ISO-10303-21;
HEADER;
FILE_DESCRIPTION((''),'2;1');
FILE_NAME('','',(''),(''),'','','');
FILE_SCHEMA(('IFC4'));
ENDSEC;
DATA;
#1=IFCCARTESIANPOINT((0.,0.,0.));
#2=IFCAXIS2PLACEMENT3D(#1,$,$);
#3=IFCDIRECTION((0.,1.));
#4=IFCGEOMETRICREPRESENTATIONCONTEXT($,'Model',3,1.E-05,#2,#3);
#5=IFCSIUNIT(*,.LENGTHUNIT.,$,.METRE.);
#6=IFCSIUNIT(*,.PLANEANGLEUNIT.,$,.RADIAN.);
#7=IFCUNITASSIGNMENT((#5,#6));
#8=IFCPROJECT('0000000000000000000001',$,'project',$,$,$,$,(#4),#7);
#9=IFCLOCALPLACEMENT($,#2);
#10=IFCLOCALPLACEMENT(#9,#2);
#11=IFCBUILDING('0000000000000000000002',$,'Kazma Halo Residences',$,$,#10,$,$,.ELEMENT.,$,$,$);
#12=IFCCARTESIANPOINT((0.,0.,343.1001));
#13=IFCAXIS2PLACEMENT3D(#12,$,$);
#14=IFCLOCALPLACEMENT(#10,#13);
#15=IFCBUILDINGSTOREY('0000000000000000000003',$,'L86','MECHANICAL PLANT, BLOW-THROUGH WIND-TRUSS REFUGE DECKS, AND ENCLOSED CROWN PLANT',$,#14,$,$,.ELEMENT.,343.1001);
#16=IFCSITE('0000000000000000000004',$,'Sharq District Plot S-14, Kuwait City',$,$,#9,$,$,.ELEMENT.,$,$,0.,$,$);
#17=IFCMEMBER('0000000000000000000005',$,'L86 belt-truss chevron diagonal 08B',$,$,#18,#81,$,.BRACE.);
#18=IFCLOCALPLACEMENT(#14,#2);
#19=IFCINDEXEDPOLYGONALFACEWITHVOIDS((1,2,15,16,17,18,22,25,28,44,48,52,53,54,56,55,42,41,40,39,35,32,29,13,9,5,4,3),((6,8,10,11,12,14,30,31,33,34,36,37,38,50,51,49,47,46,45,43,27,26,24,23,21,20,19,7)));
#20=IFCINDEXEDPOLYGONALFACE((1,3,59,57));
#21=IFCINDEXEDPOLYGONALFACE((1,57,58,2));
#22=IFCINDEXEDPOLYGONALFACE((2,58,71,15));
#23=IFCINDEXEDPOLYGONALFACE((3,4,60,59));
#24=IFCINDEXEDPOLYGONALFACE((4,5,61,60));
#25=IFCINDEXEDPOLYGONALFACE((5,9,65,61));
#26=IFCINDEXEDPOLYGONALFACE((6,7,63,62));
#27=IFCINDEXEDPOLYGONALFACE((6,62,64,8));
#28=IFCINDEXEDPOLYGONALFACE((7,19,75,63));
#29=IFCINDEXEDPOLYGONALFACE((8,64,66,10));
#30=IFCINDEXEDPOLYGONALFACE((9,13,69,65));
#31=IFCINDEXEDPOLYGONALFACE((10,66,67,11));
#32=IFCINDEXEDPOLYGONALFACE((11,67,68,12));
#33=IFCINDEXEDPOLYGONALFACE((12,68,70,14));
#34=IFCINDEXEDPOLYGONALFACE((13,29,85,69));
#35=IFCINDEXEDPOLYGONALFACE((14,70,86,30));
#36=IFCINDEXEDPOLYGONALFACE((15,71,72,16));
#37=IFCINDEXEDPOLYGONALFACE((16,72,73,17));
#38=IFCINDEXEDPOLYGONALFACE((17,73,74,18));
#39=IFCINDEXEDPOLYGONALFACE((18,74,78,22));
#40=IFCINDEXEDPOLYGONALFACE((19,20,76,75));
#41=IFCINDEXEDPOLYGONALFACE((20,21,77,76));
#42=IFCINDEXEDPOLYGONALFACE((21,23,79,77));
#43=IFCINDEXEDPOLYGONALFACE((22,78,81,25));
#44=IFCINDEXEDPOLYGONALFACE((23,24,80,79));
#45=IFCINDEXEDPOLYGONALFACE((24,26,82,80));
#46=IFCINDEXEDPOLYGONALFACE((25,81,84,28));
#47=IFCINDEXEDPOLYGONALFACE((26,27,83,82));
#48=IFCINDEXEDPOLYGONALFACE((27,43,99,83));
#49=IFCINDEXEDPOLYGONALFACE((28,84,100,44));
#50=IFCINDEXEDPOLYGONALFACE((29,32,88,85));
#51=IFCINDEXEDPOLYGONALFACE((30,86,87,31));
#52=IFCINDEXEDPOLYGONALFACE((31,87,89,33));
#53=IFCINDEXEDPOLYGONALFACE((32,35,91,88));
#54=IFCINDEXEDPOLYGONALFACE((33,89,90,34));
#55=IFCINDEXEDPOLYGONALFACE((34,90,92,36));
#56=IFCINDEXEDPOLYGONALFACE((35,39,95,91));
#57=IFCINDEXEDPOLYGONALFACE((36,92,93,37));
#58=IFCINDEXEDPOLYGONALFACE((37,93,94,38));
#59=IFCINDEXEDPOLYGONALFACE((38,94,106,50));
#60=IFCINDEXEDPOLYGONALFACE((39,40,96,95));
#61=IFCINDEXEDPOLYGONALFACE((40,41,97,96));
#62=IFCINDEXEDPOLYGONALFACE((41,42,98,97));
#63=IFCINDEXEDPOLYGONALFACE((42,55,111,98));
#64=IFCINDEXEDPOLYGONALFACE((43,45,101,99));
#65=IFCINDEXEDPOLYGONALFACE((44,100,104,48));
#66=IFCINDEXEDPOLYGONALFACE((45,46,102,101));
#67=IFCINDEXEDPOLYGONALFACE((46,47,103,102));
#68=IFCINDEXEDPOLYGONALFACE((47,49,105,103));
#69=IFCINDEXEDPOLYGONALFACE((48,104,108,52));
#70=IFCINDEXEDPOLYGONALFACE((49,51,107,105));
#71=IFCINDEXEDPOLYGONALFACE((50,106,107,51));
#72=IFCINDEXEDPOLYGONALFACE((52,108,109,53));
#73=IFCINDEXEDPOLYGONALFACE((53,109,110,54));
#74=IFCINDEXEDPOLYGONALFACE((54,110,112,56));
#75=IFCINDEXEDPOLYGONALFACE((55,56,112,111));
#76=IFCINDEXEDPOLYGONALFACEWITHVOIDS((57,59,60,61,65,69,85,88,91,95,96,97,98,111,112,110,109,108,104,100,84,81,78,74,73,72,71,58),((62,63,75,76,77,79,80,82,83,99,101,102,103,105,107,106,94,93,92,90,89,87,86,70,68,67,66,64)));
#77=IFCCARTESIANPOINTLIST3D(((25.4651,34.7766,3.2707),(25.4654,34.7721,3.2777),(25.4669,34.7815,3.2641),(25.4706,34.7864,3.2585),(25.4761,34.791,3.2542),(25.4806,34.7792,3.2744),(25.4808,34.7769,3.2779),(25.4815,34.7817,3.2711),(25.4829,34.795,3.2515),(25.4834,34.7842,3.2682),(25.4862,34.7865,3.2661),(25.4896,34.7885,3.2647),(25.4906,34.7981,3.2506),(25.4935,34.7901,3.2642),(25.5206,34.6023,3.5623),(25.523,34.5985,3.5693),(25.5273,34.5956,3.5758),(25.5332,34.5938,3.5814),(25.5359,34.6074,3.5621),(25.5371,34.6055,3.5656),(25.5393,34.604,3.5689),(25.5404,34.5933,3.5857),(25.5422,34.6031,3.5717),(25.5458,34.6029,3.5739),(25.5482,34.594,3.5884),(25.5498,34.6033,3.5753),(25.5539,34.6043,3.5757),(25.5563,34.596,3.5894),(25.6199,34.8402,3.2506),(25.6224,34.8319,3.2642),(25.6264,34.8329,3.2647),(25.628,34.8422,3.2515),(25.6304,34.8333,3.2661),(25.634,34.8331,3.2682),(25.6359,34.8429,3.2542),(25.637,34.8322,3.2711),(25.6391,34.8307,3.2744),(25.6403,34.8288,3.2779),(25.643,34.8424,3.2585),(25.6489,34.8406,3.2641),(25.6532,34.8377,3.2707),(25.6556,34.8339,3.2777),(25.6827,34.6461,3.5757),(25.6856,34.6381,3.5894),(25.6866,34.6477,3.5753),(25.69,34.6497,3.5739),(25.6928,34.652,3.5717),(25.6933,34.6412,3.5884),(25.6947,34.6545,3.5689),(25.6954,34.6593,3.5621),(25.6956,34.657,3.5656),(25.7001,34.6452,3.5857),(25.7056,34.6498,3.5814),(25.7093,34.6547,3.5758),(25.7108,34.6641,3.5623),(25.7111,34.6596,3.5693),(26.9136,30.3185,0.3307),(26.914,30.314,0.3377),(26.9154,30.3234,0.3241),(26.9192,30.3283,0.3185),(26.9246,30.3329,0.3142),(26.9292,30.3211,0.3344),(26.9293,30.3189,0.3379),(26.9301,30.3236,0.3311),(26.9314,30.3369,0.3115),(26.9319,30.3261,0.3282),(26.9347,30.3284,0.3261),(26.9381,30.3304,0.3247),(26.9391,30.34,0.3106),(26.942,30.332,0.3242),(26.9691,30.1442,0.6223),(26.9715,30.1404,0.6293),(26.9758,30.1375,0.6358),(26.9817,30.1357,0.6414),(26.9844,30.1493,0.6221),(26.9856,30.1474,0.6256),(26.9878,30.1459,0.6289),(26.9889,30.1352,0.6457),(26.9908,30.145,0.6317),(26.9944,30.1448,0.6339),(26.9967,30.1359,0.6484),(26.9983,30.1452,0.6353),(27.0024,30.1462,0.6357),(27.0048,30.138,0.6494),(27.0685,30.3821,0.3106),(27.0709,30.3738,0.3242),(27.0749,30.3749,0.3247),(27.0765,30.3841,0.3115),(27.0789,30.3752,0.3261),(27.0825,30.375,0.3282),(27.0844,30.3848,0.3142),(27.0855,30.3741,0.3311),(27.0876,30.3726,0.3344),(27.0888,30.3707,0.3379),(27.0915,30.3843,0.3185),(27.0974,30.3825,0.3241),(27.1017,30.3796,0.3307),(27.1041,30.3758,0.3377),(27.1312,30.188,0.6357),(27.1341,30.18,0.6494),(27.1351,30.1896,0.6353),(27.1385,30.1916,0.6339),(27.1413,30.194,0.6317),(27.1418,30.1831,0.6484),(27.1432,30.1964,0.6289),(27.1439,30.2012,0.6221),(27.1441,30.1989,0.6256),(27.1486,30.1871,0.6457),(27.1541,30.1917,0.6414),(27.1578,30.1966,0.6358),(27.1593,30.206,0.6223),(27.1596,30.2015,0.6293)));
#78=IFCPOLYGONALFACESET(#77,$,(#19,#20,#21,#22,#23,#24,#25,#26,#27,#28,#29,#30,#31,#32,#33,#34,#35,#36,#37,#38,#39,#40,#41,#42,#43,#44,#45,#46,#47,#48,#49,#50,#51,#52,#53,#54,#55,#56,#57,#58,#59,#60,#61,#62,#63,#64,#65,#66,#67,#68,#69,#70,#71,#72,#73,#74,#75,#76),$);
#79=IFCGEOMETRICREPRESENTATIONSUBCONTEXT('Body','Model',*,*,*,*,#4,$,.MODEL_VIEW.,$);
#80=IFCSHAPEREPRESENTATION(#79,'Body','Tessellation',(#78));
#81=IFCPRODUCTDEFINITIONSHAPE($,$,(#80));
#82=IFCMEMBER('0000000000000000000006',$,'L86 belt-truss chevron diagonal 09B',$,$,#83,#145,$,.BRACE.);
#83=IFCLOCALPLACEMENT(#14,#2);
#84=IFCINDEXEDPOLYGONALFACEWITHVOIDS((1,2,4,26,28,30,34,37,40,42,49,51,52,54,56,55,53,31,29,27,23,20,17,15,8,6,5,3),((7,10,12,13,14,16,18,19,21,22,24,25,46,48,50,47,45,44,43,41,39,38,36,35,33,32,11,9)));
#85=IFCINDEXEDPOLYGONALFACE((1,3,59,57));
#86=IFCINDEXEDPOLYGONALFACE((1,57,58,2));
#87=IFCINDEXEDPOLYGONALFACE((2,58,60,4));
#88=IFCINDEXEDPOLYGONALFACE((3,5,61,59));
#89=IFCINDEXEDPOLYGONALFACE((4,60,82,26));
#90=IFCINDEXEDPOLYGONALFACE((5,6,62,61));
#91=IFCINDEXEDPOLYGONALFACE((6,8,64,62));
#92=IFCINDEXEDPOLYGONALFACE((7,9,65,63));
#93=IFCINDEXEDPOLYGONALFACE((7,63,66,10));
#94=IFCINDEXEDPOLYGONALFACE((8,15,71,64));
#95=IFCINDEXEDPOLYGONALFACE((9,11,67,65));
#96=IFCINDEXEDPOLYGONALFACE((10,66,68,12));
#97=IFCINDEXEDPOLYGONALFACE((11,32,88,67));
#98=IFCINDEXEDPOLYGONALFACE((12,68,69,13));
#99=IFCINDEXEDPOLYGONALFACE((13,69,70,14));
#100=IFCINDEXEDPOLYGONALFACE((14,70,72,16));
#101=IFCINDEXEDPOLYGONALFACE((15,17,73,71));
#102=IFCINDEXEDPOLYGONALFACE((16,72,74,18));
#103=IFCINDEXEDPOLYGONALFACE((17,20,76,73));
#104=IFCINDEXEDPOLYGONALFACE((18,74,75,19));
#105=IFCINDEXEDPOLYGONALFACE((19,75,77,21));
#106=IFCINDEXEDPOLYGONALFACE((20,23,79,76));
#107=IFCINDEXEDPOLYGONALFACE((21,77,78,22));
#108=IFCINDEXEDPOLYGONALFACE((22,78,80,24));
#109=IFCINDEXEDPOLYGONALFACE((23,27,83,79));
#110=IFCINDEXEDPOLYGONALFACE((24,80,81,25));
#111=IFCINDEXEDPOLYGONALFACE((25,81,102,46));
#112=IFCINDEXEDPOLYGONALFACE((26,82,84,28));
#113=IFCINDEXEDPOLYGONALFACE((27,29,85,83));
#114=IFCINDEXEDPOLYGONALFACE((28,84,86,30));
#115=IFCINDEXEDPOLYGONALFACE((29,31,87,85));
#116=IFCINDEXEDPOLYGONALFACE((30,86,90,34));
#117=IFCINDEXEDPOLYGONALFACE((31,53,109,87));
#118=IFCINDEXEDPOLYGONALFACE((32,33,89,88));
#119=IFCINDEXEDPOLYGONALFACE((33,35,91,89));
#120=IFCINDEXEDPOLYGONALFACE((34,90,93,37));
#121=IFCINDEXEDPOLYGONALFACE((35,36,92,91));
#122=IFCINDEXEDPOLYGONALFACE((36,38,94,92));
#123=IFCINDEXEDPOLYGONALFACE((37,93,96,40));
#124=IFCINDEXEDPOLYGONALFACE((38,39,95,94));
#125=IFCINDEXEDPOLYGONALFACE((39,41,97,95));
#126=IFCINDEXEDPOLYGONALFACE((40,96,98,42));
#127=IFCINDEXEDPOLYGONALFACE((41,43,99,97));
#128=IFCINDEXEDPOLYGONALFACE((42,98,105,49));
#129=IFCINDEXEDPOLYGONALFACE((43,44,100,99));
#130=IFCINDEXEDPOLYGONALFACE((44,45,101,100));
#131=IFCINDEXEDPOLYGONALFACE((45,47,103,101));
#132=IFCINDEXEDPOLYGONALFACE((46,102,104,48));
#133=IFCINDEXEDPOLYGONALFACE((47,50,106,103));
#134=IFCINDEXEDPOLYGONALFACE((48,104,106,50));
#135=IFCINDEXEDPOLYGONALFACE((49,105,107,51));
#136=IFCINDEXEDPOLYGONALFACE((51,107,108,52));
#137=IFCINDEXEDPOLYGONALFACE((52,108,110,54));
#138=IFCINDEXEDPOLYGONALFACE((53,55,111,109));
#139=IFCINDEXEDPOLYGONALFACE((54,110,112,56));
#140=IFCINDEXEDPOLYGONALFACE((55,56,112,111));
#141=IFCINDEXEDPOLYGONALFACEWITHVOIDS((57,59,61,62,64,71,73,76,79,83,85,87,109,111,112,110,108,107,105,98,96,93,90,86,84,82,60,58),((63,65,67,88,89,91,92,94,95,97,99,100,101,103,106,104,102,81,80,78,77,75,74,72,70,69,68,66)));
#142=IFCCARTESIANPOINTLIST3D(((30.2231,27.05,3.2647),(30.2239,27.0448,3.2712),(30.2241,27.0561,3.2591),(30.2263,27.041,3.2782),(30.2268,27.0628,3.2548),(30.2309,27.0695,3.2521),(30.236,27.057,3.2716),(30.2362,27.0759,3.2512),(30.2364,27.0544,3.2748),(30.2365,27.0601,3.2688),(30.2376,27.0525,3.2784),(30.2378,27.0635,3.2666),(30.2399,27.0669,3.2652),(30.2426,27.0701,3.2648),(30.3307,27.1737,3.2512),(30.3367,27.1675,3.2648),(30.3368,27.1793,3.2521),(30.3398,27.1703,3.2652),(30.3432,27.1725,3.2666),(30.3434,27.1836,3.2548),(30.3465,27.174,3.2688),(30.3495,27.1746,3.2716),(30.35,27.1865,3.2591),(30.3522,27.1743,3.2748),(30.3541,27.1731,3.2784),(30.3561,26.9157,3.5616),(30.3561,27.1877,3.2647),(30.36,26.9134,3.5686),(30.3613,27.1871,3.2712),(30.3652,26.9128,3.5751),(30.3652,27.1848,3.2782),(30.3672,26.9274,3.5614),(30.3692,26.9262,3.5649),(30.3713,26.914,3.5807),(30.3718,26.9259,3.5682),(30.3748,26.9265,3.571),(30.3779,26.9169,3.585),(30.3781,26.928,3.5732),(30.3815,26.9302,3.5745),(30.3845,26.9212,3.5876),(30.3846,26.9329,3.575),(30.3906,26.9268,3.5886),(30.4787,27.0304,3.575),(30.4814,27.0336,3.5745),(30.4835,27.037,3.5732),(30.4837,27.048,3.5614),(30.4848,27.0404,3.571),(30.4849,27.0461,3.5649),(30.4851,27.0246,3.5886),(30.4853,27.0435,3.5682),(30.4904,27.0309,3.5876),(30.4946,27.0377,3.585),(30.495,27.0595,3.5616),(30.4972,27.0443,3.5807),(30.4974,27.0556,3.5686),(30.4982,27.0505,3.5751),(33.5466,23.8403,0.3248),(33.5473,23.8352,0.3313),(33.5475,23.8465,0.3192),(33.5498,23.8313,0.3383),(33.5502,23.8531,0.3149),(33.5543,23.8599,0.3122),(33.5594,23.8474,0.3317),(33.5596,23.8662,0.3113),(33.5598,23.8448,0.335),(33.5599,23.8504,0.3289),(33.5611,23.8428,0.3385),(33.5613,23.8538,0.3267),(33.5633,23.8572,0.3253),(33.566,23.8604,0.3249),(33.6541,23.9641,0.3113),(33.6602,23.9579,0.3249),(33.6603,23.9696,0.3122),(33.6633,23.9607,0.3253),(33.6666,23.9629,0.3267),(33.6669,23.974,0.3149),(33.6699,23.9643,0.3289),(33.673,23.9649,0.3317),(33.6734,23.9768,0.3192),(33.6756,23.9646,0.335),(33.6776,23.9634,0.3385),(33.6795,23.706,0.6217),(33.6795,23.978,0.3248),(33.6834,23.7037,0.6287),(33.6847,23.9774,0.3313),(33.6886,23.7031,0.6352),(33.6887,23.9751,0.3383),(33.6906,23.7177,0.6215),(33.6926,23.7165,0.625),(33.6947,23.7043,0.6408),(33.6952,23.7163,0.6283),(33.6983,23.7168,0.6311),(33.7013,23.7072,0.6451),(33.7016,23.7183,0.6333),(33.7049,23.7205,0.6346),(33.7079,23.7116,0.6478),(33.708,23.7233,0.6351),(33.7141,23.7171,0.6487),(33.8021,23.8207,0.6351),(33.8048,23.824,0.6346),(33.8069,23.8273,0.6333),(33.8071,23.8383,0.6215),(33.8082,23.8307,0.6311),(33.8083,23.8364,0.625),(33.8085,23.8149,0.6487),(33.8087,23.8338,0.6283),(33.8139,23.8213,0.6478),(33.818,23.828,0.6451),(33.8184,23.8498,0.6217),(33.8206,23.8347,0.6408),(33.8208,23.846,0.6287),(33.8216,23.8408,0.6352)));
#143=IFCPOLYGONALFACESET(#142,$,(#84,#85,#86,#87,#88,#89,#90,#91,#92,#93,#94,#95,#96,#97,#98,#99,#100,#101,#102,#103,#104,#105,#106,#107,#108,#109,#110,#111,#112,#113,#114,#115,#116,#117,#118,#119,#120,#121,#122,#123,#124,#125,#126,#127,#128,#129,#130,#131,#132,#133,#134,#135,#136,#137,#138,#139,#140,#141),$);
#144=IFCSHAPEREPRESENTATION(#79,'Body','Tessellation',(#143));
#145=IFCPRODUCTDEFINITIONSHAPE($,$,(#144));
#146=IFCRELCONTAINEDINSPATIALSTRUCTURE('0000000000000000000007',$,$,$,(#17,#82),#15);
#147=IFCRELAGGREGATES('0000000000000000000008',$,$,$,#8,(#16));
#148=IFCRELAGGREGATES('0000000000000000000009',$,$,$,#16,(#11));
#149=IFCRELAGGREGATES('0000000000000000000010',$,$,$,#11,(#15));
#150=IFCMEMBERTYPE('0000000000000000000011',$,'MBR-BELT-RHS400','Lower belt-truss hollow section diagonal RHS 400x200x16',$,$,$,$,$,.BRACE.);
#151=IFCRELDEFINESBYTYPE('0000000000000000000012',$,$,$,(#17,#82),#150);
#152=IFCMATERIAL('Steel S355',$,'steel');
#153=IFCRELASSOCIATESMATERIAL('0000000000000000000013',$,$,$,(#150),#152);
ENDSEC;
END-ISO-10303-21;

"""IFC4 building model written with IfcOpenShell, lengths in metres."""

from ifc_helpers import new_model, si_unit, direction, frame, origin, origin_2d, place, context, subcontext, project, spatial, hollow_rectangle, extrude, material, material_profile, profile_set, type_object, element, save


model = new_model("IFC4")

# Units and contexts
model_context = context("Model", 3, precision=1e-05, world=origin(), true_north=direction((0.0, 1.0)))
body_context = subcontext(model_context, "Body", "Model", "MODEL_VIEW")
ifc_project = project(units=[si_unit("LENGTHUNIT", "METRE"), si_unit("PLANEANGLEUNIT", "RADIAN")], contexts=[model_context])

# Site, building, storey
site_placement = place(None, origin())
site = spatial("IfcSite", under=ifc_project, at=site_placement, Name="Sharq District Plot S-14, Kuwait City", CompositionType="ELEMENT", RefElevation=0.0)
building_placement = place(site_placement, origin())
building = spatial("IfcBuilding", under=site, at=building_placement, Name="Kazma Halo Residences", CompositionType="ELEMENT")
storey_placement = place(building_placement, frame((0.0, 0.0, 343.1001)))
storey = spatial("IfcBuildingStorey", under=building, at=storey_placement, Name="L86", Description="MECHANICAL PLANT, BLOW-THROUGH WIND-TRUSS REFUGE DECKS, AND ENCLOSED CROWN PLANT", CompositionType="ELEMENT", Elevation=343.1001)

# Shared definitions
ifc_material_1 = material(Name="Steel S355", Category="steel")

# Members
ifc_material_profile_1 = material_profile(ifc_material_1, hollow_rectangle(XDim=0.2, YDim=0.3999, WallThickness=0.0161, InnerFilletRadius=0.0161, OuterFilletRadius=0.032, at=origin_2d()), Name="RHS400x200x16")
ifc_profile_set_1 = profile_set([ifc_material_profile_1], Name="Steel S355")
member_type_1 = type_object("IfcMemberType", Name="MBR-BELT-RHS400", Description="Lower belt-truss hollow section diagonal RHS 400x200x16", PredefinedType="BRACE", material=ifc_profile_set_1)
member_1_placement = place(storey_placement, frame((27.0366, 30.26, 0.48), z_axis=(-0.261786, 0.805698, 0.531337), x_axis=(-0.951057, -0.309015, 0.0)))
element("IfcMember", 1, at=member_1_placement, inside=storey, type_object=member_type_1, Name="L86 belt-truss chevron diagonal 08B", PredefinedType="BRACE", context=body_context, shape_type="SweptSolid", body=[
    extrude(hollow_rectangle(XDim=0.2, YDim=0.3999, WallThickness=0.0161, InnerFilletRadius=0.0161, OuterFilletRadius=0.032, at=origin_2d()), origin(), (0.0, 0.0, 1.0), 5.5332),
])
member_2_placement = place(storey_placement, frame((33.6841, 23.8406, 0.48), z_axis=(-0.606873, 0.586098, 0.536837), x_axis=(-0.694688, -0.719311, 0.0)))
element("IfcMember", 2, at=member_2_placement, inside=storey, type_object=member_type_1, Name="L86 belt-truss chevron diagonal 09B", PredefinedType="BRACE", context=body_context, shape_type="SweptSolid", body=[
    extrude(hollow_rectangle(XDim=0.2, YDim=0.3999, WallThickness=0.0161, InnerFilletRadius=0.0161, OuterFilletRadius=0.032, at=origin_2d()), origin(), (0.0, 0.0, 1.0), 5.4763),
])

save(model, "model.ifc")
